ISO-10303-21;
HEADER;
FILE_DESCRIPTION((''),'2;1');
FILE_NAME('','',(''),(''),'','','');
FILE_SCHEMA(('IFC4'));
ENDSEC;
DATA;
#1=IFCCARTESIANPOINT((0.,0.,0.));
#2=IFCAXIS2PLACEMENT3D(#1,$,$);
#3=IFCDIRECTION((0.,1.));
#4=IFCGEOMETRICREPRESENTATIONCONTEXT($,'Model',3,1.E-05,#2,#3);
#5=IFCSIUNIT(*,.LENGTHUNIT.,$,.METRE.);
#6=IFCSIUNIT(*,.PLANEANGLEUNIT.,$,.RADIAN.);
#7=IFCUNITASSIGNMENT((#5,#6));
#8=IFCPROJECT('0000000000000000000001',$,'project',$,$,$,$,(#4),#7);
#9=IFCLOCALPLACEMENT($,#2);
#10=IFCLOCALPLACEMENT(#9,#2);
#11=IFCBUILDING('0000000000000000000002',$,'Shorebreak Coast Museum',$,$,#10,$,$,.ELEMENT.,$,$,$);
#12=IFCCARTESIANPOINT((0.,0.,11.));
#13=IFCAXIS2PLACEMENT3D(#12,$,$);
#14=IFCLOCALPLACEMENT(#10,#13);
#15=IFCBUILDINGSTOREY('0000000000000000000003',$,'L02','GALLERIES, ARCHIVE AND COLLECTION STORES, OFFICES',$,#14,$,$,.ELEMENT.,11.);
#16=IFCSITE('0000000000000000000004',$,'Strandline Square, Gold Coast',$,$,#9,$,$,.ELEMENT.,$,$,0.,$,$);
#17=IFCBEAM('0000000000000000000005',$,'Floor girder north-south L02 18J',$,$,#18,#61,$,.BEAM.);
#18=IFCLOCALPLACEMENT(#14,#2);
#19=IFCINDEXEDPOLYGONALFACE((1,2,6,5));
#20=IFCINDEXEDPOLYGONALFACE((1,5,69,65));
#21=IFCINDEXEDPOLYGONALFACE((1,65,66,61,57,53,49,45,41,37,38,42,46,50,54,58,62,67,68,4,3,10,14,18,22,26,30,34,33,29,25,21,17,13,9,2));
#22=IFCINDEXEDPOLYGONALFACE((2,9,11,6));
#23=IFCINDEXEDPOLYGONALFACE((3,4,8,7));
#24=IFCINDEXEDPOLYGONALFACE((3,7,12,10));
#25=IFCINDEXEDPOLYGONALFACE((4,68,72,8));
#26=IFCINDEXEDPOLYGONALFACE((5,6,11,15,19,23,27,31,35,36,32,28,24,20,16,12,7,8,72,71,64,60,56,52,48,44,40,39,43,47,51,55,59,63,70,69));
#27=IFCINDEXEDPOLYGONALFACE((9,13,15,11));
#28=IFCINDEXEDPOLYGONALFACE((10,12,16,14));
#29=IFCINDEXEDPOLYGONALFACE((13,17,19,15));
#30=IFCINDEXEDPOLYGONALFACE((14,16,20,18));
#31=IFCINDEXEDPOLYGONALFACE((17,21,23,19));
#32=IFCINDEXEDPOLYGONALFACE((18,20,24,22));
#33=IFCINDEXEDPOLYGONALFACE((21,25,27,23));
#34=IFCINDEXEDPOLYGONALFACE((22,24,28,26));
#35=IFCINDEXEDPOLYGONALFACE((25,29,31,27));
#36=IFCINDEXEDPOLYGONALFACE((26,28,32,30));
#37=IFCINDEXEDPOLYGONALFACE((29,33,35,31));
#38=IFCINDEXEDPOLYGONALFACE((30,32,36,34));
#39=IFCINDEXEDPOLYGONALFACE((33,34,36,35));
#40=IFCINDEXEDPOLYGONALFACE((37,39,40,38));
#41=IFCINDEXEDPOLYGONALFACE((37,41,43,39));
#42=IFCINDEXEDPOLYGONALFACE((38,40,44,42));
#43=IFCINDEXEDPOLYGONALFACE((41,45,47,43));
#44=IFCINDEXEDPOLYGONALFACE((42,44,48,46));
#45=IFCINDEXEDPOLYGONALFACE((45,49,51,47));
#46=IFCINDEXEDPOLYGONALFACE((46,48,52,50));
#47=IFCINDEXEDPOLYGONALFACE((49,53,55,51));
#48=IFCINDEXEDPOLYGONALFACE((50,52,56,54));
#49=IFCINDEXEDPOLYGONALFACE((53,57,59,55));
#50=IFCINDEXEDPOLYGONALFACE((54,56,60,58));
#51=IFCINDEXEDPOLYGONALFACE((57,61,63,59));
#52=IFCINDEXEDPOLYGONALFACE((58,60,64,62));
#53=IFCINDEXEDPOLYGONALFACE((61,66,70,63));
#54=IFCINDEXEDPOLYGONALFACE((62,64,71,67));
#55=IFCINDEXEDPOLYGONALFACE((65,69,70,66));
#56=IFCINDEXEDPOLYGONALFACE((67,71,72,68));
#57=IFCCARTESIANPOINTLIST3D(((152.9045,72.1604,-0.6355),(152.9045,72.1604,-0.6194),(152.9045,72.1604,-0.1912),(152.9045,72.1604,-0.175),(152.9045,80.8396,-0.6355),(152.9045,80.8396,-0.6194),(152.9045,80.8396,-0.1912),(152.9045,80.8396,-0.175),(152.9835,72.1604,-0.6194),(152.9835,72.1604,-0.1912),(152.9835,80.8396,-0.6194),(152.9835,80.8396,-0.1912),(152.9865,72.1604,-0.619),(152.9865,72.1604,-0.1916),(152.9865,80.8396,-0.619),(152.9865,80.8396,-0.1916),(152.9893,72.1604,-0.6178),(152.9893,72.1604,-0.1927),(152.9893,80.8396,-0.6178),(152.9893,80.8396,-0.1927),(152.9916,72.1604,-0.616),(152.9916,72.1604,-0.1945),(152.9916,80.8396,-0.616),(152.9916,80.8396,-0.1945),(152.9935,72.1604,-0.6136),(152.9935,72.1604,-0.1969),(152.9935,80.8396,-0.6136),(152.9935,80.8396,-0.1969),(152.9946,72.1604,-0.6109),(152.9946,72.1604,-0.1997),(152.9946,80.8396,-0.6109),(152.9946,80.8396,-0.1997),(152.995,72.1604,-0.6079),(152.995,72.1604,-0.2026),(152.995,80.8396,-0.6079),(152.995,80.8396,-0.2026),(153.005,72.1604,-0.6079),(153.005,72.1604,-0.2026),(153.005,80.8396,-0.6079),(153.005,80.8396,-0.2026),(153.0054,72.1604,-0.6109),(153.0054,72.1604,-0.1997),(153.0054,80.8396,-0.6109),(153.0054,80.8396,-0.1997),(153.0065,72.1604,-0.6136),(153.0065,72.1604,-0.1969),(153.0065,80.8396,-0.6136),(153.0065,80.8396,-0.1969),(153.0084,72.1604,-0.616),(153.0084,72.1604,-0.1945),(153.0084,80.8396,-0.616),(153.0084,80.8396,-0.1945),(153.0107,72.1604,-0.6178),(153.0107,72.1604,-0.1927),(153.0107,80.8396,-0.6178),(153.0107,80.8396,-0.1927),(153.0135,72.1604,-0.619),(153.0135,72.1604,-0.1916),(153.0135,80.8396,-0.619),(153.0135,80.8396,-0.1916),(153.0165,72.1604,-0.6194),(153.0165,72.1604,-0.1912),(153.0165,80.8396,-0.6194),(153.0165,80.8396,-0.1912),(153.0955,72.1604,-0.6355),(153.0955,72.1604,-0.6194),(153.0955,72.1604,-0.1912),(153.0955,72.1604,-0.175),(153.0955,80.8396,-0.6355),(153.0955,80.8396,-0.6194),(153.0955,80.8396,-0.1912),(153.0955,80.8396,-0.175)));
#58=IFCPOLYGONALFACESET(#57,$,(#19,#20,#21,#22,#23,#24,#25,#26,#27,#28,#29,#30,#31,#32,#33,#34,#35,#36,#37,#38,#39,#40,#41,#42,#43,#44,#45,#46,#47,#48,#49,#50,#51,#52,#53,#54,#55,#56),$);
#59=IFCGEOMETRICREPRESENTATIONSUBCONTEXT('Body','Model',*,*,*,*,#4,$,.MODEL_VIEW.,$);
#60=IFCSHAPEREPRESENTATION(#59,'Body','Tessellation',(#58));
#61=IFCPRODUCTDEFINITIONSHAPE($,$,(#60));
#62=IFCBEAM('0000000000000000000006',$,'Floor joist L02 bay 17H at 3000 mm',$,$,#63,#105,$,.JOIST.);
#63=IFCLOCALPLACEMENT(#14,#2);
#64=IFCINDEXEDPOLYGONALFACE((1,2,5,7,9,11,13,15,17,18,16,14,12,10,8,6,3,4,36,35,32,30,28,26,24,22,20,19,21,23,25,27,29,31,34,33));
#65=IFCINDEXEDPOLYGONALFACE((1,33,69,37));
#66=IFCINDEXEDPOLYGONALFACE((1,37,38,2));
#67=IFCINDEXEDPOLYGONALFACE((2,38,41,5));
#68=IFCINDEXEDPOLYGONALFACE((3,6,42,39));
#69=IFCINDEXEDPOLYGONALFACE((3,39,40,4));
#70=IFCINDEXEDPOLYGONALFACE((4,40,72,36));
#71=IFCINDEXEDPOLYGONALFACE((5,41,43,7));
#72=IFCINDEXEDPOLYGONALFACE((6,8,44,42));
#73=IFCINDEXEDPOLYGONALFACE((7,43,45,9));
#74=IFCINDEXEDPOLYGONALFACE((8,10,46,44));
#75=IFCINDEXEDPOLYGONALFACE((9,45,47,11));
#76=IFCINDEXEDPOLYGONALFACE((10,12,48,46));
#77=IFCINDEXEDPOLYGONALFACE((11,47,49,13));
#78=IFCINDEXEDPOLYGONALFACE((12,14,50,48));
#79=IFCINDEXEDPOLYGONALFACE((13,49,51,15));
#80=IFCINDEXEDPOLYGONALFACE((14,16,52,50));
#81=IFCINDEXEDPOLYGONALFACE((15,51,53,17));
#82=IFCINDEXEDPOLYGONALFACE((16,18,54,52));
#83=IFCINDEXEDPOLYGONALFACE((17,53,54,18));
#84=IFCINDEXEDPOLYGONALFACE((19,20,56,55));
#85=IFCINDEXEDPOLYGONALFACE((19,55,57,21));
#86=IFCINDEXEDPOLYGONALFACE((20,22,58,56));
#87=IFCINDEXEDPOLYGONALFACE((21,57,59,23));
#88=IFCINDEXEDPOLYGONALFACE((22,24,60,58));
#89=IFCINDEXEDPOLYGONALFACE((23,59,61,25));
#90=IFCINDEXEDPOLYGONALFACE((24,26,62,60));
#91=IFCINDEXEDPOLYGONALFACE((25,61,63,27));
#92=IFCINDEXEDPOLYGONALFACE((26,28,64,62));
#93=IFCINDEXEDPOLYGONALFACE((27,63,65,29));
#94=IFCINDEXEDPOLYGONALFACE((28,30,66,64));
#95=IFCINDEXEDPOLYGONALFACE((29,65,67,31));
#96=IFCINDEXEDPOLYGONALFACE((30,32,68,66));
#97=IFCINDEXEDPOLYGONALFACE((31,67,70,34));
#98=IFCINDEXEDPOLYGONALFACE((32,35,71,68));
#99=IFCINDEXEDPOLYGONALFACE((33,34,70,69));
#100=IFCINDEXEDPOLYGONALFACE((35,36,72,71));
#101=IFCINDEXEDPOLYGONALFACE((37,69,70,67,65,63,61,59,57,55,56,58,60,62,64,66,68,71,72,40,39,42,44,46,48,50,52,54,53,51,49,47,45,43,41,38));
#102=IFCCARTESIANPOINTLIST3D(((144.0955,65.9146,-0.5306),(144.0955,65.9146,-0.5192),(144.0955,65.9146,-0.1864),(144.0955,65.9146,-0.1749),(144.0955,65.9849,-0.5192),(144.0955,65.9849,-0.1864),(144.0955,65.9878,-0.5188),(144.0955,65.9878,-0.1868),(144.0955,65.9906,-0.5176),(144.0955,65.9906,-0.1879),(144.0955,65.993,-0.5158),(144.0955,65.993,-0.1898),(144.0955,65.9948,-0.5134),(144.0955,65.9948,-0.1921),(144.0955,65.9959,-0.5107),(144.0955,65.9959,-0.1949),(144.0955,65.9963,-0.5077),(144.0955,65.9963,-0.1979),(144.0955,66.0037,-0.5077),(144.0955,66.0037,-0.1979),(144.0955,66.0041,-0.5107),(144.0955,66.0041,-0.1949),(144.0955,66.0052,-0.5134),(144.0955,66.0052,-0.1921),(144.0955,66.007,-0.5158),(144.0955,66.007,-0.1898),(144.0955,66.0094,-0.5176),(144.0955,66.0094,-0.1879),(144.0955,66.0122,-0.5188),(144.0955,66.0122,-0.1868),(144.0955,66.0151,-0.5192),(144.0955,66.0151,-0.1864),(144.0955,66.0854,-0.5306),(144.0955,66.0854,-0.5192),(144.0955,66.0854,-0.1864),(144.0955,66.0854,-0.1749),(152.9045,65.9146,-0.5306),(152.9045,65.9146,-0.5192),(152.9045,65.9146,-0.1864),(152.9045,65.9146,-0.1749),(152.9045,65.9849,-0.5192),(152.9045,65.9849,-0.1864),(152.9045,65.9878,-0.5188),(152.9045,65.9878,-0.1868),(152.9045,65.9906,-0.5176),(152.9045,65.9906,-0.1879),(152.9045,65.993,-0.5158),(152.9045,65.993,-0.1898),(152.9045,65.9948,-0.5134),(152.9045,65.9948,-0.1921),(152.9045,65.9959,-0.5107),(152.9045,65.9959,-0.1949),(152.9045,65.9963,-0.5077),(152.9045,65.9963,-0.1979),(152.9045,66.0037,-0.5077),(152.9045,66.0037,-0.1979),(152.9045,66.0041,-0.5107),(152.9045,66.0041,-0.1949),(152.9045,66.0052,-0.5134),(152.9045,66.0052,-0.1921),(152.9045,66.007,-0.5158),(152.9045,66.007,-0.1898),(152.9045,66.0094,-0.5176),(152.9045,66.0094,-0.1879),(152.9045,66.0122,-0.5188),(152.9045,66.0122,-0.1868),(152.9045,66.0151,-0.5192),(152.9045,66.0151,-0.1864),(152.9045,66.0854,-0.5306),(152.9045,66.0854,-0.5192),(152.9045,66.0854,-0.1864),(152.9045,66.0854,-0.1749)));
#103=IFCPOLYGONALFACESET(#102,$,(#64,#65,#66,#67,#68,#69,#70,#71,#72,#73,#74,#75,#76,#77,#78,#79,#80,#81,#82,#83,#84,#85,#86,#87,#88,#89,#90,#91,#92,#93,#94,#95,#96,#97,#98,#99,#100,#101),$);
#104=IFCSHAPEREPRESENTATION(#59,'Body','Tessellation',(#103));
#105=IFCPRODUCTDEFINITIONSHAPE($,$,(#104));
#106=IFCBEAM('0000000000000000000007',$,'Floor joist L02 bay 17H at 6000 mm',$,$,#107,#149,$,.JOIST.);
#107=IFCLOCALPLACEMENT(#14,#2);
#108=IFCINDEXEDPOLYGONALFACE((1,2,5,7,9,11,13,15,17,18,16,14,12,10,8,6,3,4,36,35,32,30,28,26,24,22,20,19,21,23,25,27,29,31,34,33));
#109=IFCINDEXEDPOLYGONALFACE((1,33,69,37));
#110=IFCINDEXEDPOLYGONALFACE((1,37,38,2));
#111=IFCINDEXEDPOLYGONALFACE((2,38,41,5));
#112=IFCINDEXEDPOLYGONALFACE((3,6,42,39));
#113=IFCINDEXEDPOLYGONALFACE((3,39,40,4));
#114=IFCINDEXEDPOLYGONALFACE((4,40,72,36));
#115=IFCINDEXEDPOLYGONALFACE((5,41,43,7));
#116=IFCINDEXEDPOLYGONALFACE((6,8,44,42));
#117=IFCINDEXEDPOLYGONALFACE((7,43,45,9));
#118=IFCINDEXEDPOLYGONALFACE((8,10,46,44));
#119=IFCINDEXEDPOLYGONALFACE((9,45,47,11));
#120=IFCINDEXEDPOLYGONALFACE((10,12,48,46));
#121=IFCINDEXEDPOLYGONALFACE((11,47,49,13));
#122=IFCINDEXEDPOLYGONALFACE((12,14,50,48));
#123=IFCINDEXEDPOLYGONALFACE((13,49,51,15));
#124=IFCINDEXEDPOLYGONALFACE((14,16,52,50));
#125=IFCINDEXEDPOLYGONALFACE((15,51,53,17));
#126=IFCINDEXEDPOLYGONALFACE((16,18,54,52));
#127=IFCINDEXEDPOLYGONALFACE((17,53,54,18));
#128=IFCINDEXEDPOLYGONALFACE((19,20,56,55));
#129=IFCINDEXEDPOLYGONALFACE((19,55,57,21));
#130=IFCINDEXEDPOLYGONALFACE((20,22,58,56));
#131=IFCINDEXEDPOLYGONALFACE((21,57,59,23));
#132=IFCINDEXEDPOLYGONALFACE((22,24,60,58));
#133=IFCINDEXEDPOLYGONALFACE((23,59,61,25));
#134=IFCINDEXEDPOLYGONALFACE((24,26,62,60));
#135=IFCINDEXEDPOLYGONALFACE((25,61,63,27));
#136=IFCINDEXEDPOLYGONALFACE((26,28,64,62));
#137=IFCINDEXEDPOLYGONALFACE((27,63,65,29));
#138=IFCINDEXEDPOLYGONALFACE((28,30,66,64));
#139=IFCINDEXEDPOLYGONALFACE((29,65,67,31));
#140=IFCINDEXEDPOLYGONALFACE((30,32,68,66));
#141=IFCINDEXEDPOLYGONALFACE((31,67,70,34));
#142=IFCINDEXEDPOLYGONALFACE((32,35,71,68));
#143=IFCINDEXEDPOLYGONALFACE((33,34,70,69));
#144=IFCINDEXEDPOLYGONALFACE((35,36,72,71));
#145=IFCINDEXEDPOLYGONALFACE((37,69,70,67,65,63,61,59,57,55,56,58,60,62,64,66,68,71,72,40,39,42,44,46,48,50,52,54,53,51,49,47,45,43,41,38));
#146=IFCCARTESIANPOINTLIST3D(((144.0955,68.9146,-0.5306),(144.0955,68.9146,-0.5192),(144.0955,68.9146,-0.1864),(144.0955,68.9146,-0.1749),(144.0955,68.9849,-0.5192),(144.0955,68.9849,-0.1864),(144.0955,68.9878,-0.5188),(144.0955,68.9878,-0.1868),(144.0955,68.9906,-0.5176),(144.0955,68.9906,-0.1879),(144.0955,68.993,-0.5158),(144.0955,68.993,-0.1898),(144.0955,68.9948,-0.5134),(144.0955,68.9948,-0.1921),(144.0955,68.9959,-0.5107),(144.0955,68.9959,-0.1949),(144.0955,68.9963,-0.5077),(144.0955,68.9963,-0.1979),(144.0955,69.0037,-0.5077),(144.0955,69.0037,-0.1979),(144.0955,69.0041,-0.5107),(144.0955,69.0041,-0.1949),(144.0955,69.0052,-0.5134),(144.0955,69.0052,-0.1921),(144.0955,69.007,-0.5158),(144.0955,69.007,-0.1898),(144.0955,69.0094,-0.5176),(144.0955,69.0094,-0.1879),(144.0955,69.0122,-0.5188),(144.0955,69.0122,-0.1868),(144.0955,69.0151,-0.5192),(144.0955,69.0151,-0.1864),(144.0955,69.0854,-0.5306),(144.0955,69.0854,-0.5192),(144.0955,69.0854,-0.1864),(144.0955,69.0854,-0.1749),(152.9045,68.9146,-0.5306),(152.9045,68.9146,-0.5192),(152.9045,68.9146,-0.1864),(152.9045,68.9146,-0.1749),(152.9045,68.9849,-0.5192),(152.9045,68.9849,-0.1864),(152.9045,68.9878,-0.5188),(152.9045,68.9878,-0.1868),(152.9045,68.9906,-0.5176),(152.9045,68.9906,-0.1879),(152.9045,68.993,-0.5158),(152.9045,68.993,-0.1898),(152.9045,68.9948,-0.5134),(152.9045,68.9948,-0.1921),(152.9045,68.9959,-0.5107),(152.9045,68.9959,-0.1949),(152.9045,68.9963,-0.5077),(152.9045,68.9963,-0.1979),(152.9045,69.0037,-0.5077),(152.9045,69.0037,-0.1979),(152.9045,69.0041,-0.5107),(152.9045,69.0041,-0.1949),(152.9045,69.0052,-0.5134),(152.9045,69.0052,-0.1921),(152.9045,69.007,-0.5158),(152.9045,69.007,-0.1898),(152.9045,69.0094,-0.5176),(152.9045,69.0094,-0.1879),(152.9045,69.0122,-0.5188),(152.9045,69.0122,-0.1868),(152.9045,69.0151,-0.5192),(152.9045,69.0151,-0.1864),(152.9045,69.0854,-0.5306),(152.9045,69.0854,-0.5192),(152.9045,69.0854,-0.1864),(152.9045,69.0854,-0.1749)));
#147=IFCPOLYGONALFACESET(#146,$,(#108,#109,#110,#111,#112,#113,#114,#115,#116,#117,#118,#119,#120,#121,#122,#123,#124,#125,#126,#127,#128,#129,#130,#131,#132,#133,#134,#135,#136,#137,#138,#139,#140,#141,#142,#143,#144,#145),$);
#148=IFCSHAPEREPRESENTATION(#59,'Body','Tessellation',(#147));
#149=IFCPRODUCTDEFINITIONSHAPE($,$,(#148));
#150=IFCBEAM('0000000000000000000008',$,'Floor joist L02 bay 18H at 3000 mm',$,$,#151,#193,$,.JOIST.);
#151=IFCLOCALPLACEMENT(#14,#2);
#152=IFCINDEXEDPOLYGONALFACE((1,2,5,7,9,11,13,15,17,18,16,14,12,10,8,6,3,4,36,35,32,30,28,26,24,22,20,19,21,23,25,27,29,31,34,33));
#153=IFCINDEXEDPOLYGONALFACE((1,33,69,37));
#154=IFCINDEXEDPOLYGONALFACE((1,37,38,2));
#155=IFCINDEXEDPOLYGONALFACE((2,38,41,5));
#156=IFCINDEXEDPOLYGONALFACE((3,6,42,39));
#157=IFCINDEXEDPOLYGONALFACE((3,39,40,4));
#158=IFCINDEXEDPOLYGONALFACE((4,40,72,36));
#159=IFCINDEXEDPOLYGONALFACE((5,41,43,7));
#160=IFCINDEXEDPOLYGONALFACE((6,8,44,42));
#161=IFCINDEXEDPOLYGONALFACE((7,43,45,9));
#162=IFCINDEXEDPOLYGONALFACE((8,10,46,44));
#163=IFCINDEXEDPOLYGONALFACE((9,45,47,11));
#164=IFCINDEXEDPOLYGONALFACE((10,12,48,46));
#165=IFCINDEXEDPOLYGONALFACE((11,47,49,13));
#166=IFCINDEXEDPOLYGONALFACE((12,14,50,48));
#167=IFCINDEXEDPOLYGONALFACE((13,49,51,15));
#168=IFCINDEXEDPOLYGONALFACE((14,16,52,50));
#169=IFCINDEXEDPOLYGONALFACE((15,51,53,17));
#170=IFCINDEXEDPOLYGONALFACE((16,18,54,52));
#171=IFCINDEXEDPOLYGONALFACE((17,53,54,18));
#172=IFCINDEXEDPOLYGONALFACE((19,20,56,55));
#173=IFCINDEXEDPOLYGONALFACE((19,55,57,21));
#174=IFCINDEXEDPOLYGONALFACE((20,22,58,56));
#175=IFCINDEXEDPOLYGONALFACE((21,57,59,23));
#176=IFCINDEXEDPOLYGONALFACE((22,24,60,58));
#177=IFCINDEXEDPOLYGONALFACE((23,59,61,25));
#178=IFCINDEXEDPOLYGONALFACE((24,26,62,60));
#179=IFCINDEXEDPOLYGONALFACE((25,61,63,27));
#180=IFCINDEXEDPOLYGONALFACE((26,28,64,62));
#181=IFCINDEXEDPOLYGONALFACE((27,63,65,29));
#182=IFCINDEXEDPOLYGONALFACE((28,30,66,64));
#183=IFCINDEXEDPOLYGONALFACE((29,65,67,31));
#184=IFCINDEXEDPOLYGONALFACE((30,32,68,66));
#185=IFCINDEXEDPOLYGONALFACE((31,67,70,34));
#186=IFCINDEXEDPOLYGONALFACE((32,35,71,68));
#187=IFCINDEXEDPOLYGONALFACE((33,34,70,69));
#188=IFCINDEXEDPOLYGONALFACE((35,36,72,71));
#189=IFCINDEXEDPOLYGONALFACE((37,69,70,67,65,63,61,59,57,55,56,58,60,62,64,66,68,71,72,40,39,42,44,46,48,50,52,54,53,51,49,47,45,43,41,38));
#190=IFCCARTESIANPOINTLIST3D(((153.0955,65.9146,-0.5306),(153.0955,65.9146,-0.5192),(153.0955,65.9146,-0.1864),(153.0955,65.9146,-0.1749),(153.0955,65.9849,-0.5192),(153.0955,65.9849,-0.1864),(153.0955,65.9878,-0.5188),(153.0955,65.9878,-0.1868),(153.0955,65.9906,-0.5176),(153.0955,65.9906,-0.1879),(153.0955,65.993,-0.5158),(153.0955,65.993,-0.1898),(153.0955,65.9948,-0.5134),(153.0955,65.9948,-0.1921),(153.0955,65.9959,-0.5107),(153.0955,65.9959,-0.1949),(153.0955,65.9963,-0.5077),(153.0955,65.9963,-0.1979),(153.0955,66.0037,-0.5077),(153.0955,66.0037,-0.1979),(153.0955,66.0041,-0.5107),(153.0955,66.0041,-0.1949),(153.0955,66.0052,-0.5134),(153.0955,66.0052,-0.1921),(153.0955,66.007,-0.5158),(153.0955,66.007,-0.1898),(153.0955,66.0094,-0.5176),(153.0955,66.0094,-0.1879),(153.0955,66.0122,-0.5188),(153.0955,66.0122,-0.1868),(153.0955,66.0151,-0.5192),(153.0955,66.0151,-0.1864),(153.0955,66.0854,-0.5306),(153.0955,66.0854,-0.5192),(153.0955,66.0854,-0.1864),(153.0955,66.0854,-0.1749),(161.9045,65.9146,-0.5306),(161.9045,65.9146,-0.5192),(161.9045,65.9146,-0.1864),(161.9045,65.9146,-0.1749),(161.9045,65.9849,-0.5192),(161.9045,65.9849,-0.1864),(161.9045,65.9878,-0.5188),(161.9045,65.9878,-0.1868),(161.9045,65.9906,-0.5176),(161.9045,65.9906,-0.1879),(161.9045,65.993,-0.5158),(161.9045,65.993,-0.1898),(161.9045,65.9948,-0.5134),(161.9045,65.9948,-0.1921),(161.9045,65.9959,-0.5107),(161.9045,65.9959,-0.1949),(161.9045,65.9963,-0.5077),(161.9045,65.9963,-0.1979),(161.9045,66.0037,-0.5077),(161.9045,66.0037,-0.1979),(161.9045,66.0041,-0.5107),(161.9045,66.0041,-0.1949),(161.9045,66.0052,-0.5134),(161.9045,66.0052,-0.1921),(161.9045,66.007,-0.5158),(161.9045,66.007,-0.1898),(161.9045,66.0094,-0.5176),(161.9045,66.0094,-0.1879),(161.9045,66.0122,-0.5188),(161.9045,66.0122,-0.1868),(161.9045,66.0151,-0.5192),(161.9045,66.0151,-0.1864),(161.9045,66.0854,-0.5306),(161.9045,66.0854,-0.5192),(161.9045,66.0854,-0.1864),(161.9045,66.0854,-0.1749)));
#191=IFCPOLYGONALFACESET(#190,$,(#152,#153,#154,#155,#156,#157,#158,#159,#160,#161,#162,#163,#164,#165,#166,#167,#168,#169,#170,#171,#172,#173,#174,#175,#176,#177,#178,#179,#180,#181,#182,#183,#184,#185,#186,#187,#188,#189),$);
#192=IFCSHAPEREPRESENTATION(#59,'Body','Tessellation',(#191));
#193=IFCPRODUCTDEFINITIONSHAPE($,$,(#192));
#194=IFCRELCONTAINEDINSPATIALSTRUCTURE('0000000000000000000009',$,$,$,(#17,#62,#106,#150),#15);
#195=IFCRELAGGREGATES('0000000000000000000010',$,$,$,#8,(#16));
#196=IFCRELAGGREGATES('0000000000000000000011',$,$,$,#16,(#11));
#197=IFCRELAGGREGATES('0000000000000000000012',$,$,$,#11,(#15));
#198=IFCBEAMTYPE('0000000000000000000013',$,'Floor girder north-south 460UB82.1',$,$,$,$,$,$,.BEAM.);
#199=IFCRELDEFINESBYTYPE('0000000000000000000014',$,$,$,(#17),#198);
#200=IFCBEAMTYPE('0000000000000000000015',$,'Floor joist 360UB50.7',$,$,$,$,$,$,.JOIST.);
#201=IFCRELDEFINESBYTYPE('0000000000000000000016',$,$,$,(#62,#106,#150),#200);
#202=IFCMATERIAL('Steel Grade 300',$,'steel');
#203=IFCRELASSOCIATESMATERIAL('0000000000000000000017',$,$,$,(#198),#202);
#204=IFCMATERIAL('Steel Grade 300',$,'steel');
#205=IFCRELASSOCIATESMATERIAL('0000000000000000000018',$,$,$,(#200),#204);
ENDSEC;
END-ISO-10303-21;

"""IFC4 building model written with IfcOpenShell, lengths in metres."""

from ifc_helpers import new_model, si_unit, direction, frame, origin, origin_2d, place, context, subcontext, project, spatial, i_section, extrude, material, material_profile, profile_set, type_object, element, save


model = new_model("IFC4")

# Units and contexts
model_context = context("Model", 3, precision=1e-05, world=origin(), true_north=direction((0.0, 1.0)))
body_context = subcontext(model_context, "Body", "Model", "MODEL_VIEW")
ifc_project = project(units=[si_unit("LENGTHUNIT", "METRE"), si_unit("PLANEANGLEUNIT", "RADIAN")], contexts=[model_context])

# Site, building, storey
site_placement = place(None, origin())
site = spatial("IfcSite", under=ifc_project, at=site_placement, Name="Strandline Square, Gold Coast", CompositionType="ELEMENT", RefElevation=0.0)
building_placement = place(site_placement, origin())
building = spatial("IfcBuilding", under=site, at=building_placement, Name="Shorebreak Coast Museum", CompositionType="ELEMENT")
storey_placement = place(building_placement, frame((0.0, 0.0, 11.0)))
storey = spatial("IfcBuildingStorey", under=building, at=storey_placement, Name="L02", Description="GALLERIES, ARCHIVE AND COLLECTION STORES, OFFICES", CompositionType="ELEMENT", Elevation=11.0)

# Beams
ifc_material_1 = material(Name="Steel Grade 300", Category="steel")
ifc_material_profile_1 = material_profile(ifc_material_1, i_section(OverallWidth=0.1909, OverallDepth=0.4604, WebThickness=0.01, FlangeThickness=0.0161, FilletRadius=0.0115, at=origin_2d()), Name="460UB82.1")
ifc_profile_set_1 = profile_set([ifc_material_profile_1], Name="Steel Grade 300")
beam_type_1 = type_object("IfcBeamType", Name="Floor girder north-south 460UB82.1", PredefinedType="BEAM", material=ifc_profile_set_1)
for number, where, z_axis, x_axis, name in (
    (1, (153.0, 72.1604, -0.4053), (0.0, 1.0, 0.0), (-1.0, 0.0, 0.0), "Floor girder north-south L02 18J"),
):
    element("IfcBeam", number, at=place(storey_placement, frame(where, z_axis=z_axis, x_axis=x_axis)), inside=storey, type_object=beam_type_1, Name=name, PredefinedType="BEAM", context=body_context, shape_type="SweptSolid", body=[
        extrude(i_section(OverallWidth=0.1909, OverallDepth=0.4604, WebThickness=0.01, FlangeThickness=0.0161, FilletRadius=0.0115, at=origin_2d()), origin(), (0.0, 0.0, 1.0), 8.6792),
    ])
ifc_material_2 = material(Name="Steel Grade 300", Category="steel")
ifc_material_profile_2 = material_profile(ifc_material_2, i_section(OverallWidth=0.1709, OverallDepth=0.3557, WebThickness=0.0073, FlangeThickness=0.0115, FilletRadius=0.0115, at=origin_2d()), Name="360UB50.7")
ifc_profile_set_2 = profile_set([ifc_material_profile_2], Name="Steel Grade 300")
beam_type_2 = type_object("IfcBeamType", Name="Floor joist 360UB50.7", PredefinedType="JOIST", material=ifc_profile_set_2)
for number, where, z_axis, x_axis, name in (
    (2, (144.0955, 66.0, -0.3528), (1.0, 0.0, 0.0), (0.0, 1.0, 0.0), "Floor joist L02 bay 17H at 3000 mm"),
    (3, (144.0955, 69.0, -0.3528), (1.0, 0.0, 0.0), (0.0, 1.0, 0.0), "Floor joist L02 bay 17H at 6000 mm"),
    (4, (153.0955, 66.0, -0.3528), (1.0, 0.0, 0.0), (0.0, 1.0, 0.0), "Floor joist L02 bay 18H at 3000 mm"),
):
    element("IfcBeam", number, at=place(storey_placement, frame(where, z_axis=z_axis, x_axis=x_axis)), inside=storey, type_object=beam_type_2, Name=name, PredefinedType="JOIST", context=body_context, shape_type="SweptSolid", body=[
        extrude(i_section(OverallWidth=0.1709, OverallDepth=0.3557, WebThickness=0.0073, FlangeThickness=0.0115, FilletRadius=0.0115, at=origin_2d()), origin(), (0.0, 0.0, 1.0), 8.8091),
    ])

save(model, "model.ifc")
